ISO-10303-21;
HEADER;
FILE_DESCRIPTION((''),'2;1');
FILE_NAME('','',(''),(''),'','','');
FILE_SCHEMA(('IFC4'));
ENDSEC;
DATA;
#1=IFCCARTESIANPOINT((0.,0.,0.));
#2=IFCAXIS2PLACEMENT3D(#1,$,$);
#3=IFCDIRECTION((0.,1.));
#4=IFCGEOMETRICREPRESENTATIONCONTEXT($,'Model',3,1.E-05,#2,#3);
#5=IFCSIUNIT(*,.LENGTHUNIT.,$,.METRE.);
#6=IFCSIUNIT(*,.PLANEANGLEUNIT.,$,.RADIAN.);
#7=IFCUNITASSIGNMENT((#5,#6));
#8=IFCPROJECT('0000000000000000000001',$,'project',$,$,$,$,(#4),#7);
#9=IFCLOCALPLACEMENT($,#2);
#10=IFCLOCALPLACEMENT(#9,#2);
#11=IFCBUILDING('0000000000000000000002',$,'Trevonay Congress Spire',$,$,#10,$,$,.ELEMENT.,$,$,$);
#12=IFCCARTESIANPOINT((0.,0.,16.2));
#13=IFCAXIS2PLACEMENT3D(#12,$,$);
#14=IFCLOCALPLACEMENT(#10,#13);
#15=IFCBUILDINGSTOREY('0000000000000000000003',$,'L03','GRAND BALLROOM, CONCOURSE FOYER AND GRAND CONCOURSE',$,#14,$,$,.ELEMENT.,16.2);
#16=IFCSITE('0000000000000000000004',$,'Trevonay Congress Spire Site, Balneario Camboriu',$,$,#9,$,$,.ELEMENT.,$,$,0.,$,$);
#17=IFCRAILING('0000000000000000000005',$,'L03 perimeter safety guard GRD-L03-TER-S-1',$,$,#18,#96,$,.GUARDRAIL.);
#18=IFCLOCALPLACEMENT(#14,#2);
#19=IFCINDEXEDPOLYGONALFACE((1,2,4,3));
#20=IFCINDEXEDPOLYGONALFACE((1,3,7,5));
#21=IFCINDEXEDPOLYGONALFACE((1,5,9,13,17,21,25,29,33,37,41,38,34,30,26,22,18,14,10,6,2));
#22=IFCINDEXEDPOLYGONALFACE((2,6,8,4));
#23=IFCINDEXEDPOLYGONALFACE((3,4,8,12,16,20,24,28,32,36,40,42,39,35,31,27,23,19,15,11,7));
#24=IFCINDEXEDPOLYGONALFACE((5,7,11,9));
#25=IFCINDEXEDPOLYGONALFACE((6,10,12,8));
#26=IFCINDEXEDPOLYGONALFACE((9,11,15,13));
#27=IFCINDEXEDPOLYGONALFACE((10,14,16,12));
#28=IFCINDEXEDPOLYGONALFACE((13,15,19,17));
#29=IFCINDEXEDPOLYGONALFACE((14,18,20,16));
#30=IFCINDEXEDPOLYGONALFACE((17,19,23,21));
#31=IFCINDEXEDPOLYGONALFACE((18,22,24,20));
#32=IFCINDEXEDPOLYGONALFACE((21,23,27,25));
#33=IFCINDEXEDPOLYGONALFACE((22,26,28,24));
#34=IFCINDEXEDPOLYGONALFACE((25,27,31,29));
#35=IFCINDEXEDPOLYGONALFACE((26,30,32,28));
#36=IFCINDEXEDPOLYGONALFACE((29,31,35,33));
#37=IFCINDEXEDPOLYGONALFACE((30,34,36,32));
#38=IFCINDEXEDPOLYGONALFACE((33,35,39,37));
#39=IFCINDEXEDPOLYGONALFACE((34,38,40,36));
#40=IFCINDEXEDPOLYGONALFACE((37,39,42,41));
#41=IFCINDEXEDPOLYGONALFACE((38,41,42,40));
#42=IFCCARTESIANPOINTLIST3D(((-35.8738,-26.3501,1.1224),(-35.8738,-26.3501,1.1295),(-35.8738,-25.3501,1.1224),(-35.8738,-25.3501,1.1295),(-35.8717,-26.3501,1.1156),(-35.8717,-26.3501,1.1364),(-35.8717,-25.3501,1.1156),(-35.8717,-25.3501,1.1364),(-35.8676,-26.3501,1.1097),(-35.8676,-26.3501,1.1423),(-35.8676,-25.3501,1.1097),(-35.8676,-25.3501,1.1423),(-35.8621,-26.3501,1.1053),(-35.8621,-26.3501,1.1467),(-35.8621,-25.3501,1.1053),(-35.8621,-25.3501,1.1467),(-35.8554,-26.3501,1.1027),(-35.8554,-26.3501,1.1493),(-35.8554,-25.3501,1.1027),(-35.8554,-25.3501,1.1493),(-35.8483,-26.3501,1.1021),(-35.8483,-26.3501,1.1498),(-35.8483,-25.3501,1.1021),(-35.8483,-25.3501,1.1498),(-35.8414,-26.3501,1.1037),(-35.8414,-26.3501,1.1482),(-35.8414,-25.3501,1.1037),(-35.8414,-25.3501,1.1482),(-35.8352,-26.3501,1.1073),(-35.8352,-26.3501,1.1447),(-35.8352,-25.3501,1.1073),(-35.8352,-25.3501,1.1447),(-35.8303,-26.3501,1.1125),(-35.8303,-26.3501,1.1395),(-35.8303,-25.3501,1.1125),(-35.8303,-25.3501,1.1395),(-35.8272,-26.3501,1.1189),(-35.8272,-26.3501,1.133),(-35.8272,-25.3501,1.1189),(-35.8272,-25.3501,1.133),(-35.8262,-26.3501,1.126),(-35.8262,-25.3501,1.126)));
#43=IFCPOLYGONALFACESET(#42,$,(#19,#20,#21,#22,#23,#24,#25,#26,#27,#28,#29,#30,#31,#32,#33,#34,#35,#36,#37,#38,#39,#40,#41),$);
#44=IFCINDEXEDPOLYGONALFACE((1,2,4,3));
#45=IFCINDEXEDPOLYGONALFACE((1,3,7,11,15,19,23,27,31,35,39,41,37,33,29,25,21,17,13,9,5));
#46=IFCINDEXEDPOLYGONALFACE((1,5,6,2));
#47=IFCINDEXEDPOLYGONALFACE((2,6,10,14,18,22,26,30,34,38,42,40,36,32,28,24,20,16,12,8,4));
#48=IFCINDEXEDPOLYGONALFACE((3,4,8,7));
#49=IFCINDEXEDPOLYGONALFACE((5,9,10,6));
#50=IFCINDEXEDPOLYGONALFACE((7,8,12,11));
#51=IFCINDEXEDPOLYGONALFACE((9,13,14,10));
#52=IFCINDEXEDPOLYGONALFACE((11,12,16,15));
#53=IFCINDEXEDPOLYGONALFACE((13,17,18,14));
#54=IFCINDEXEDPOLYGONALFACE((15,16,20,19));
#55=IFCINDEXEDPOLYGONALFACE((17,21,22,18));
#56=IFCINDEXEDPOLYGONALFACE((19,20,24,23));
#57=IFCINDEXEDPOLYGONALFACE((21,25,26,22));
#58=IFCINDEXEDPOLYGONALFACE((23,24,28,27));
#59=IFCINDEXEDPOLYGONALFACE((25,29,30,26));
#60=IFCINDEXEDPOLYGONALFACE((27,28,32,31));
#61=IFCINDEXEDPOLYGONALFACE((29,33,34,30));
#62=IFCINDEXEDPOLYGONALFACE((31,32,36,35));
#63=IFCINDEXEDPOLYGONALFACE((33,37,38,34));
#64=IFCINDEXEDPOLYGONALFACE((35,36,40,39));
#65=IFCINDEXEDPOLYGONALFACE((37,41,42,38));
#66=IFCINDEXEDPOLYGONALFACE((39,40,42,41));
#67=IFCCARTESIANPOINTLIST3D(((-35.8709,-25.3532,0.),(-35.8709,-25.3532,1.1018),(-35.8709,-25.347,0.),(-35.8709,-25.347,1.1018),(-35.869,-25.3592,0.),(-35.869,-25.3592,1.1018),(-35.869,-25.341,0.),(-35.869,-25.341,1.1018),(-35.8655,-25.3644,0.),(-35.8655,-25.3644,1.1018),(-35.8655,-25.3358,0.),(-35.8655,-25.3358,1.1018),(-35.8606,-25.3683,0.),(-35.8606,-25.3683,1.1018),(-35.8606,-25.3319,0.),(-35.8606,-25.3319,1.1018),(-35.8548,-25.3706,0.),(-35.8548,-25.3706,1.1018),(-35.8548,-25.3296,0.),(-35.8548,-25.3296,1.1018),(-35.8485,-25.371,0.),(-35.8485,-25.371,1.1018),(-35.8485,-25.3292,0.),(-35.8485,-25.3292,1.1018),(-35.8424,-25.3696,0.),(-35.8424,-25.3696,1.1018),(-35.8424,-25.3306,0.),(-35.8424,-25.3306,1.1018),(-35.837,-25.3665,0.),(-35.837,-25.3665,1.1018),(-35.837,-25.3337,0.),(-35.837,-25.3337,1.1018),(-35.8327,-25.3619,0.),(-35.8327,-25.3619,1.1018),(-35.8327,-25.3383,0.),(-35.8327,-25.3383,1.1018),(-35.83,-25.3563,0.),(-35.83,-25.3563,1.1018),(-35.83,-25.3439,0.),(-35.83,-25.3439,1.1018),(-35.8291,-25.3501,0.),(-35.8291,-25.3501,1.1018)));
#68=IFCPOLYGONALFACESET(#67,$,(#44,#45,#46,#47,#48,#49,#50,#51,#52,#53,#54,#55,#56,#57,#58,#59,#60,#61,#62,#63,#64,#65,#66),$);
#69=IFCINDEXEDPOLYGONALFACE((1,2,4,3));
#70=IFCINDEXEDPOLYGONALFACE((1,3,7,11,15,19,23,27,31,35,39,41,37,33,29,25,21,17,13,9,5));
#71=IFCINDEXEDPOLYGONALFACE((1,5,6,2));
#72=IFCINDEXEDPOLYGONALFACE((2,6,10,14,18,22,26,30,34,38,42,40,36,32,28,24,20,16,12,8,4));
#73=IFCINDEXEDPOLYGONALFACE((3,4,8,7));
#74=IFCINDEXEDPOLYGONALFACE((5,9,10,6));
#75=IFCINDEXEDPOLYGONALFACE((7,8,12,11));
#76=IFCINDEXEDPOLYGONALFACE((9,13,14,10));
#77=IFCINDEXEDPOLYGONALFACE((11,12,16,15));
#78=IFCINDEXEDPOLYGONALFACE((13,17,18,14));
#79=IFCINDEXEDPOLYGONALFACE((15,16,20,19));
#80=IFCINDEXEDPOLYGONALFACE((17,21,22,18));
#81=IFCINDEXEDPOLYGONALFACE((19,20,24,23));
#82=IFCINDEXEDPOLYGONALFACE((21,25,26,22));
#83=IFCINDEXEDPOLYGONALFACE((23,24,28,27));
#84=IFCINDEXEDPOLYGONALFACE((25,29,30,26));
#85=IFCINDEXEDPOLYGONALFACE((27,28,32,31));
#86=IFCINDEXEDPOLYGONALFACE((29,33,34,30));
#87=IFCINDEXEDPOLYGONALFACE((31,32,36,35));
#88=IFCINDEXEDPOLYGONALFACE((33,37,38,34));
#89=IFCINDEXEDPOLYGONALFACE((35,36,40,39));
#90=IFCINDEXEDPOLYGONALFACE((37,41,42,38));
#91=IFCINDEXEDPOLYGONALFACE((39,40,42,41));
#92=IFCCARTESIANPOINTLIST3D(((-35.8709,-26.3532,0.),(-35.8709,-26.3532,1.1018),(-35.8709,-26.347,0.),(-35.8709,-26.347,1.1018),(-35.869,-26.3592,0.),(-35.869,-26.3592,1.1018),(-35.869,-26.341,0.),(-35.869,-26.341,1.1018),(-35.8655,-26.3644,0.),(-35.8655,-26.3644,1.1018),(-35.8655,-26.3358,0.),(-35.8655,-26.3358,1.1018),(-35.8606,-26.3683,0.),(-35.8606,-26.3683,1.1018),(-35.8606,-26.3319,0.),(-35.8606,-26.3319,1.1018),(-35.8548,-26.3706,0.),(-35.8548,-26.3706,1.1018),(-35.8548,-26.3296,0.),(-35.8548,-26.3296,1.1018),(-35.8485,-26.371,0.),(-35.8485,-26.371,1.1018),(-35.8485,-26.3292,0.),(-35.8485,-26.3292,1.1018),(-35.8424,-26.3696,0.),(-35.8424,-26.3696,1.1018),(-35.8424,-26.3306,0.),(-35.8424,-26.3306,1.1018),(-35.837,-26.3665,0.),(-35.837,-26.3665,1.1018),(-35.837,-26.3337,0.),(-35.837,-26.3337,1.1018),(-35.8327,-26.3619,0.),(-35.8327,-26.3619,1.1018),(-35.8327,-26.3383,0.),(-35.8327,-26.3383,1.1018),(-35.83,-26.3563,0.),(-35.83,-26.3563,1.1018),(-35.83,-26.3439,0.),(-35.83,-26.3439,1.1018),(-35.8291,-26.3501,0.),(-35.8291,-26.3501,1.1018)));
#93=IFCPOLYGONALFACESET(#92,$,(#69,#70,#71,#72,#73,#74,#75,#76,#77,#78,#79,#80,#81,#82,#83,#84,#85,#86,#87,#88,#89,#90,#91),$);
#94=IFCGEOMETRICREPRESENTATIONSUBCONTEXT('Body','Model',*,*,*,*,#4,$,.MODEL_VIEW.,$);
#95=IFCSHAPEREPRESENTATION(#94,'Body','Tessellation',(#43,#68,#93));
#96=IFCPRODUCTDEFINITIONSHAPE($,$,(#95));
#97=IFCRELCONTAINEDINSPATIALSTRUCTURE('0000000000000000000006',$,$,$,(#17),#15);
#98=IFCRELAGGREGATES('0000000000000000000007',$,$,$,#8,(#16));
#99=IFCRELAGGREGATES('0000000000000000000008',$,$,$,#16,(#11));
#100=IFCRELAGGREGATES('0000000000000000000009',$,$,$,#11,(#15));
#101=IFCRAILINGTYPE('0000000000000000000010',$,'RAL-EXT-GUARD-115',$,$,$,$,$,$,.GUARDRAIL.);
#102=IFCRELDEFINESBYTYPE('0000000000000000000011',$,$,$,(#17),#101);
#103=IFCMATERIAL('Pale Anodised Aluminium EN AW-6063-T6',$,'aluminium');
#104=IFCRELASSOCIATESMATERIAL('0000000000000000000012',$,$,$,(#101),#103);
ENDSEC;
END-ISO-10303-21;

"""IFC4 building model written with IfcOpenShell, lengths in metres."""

from ifc_helpers import new_model, si_unit, direction, frame, origin, origin_2d, place, context, subcontext, project, spatial, circle, extrude, material, type_object, element, save


model = new_model("IFC4")

# Units and contexts
model_context = context("Model", 3, precision=1e-05, world=origin(), true_north=direction((0.0, 1.0)))
body_context = subcontext(model_context, "Body", "Model", "MODEL_VIEW")
ifc_project = project(units=[si_unit("LENGTHUNIT", "METRE"), si_unit("PLANEANGLEUNIT", "RADIAN")], contexts=[model_context])

# Site, building, storey
site_placement = place(None, origin())
site = spatial("IfcSite", under=ifc_project, at=site_placement, Name="Trevonay Congress Spire Site, Balneario Camboriu", CompositionType="ELEMENT", RefElevation=0.0)
building_placement = place(site_placement, origin())
building = spatial("IfcBuilding", under=site, at=building_placement, Name="Trevonay Congress Spire", CompositionType="ELEMENT")
storey_placement = place(building_placement, frame((0.0, 0.0, 16.2)))
storey = spatial("IfcBuildingStorey", under=building, at=storey_placement, Name="L03", Description="GRAND BALLROOM, CONCOURSE FOYER AND GRAND CONCOURSE", CompositionType="ELEMENT", Elevation=16.2)

# Shared definitions
ifc_material_1 = material(Name="Pale Anodised Aluminium EN AW-6063-T6", Category="aluminium")

# Railing
railing_type_1 = type_object("IfcRailingType", Name="RAL-EXT-GUARD-115", PredefinedType="GUARDRAIL", material=ifc_material_1)
railing_1_placement = place(storey_placement, frame((-35.8501, -25.3501, 0.0)))
element("IfcRailing", 1, at=railing_1_placement, inside=storey, type_object=railing_type_1, Name="L03 perimeter safety guard GRD-L03-TER-S-1", PredefinedType="GUARDRAIL", context=body_context, shape_type="SweptSolid", body=[
    extrude(circle(Radius=0.0239, at=origin_2d()), frame((0.0, 0.0, 1.126), z_axis=(0.0, -1.0, 0.0), x_axis=(1.0, 0.0, 0.0)), (0.0, 0.0, 1.0), 1.0),
    extrude(circle(Radius=0.021, at=origin_2d()), origin(), (0.0, 0.0, 1.0), 1.1018),
    extrude(circle(Radius=0.021, at=origin_2d()), frame((0.0, -1.0, 0.0)), (0.0, 0.0, 1.0), 1.1018),
])

save(model, "model.ifc")
